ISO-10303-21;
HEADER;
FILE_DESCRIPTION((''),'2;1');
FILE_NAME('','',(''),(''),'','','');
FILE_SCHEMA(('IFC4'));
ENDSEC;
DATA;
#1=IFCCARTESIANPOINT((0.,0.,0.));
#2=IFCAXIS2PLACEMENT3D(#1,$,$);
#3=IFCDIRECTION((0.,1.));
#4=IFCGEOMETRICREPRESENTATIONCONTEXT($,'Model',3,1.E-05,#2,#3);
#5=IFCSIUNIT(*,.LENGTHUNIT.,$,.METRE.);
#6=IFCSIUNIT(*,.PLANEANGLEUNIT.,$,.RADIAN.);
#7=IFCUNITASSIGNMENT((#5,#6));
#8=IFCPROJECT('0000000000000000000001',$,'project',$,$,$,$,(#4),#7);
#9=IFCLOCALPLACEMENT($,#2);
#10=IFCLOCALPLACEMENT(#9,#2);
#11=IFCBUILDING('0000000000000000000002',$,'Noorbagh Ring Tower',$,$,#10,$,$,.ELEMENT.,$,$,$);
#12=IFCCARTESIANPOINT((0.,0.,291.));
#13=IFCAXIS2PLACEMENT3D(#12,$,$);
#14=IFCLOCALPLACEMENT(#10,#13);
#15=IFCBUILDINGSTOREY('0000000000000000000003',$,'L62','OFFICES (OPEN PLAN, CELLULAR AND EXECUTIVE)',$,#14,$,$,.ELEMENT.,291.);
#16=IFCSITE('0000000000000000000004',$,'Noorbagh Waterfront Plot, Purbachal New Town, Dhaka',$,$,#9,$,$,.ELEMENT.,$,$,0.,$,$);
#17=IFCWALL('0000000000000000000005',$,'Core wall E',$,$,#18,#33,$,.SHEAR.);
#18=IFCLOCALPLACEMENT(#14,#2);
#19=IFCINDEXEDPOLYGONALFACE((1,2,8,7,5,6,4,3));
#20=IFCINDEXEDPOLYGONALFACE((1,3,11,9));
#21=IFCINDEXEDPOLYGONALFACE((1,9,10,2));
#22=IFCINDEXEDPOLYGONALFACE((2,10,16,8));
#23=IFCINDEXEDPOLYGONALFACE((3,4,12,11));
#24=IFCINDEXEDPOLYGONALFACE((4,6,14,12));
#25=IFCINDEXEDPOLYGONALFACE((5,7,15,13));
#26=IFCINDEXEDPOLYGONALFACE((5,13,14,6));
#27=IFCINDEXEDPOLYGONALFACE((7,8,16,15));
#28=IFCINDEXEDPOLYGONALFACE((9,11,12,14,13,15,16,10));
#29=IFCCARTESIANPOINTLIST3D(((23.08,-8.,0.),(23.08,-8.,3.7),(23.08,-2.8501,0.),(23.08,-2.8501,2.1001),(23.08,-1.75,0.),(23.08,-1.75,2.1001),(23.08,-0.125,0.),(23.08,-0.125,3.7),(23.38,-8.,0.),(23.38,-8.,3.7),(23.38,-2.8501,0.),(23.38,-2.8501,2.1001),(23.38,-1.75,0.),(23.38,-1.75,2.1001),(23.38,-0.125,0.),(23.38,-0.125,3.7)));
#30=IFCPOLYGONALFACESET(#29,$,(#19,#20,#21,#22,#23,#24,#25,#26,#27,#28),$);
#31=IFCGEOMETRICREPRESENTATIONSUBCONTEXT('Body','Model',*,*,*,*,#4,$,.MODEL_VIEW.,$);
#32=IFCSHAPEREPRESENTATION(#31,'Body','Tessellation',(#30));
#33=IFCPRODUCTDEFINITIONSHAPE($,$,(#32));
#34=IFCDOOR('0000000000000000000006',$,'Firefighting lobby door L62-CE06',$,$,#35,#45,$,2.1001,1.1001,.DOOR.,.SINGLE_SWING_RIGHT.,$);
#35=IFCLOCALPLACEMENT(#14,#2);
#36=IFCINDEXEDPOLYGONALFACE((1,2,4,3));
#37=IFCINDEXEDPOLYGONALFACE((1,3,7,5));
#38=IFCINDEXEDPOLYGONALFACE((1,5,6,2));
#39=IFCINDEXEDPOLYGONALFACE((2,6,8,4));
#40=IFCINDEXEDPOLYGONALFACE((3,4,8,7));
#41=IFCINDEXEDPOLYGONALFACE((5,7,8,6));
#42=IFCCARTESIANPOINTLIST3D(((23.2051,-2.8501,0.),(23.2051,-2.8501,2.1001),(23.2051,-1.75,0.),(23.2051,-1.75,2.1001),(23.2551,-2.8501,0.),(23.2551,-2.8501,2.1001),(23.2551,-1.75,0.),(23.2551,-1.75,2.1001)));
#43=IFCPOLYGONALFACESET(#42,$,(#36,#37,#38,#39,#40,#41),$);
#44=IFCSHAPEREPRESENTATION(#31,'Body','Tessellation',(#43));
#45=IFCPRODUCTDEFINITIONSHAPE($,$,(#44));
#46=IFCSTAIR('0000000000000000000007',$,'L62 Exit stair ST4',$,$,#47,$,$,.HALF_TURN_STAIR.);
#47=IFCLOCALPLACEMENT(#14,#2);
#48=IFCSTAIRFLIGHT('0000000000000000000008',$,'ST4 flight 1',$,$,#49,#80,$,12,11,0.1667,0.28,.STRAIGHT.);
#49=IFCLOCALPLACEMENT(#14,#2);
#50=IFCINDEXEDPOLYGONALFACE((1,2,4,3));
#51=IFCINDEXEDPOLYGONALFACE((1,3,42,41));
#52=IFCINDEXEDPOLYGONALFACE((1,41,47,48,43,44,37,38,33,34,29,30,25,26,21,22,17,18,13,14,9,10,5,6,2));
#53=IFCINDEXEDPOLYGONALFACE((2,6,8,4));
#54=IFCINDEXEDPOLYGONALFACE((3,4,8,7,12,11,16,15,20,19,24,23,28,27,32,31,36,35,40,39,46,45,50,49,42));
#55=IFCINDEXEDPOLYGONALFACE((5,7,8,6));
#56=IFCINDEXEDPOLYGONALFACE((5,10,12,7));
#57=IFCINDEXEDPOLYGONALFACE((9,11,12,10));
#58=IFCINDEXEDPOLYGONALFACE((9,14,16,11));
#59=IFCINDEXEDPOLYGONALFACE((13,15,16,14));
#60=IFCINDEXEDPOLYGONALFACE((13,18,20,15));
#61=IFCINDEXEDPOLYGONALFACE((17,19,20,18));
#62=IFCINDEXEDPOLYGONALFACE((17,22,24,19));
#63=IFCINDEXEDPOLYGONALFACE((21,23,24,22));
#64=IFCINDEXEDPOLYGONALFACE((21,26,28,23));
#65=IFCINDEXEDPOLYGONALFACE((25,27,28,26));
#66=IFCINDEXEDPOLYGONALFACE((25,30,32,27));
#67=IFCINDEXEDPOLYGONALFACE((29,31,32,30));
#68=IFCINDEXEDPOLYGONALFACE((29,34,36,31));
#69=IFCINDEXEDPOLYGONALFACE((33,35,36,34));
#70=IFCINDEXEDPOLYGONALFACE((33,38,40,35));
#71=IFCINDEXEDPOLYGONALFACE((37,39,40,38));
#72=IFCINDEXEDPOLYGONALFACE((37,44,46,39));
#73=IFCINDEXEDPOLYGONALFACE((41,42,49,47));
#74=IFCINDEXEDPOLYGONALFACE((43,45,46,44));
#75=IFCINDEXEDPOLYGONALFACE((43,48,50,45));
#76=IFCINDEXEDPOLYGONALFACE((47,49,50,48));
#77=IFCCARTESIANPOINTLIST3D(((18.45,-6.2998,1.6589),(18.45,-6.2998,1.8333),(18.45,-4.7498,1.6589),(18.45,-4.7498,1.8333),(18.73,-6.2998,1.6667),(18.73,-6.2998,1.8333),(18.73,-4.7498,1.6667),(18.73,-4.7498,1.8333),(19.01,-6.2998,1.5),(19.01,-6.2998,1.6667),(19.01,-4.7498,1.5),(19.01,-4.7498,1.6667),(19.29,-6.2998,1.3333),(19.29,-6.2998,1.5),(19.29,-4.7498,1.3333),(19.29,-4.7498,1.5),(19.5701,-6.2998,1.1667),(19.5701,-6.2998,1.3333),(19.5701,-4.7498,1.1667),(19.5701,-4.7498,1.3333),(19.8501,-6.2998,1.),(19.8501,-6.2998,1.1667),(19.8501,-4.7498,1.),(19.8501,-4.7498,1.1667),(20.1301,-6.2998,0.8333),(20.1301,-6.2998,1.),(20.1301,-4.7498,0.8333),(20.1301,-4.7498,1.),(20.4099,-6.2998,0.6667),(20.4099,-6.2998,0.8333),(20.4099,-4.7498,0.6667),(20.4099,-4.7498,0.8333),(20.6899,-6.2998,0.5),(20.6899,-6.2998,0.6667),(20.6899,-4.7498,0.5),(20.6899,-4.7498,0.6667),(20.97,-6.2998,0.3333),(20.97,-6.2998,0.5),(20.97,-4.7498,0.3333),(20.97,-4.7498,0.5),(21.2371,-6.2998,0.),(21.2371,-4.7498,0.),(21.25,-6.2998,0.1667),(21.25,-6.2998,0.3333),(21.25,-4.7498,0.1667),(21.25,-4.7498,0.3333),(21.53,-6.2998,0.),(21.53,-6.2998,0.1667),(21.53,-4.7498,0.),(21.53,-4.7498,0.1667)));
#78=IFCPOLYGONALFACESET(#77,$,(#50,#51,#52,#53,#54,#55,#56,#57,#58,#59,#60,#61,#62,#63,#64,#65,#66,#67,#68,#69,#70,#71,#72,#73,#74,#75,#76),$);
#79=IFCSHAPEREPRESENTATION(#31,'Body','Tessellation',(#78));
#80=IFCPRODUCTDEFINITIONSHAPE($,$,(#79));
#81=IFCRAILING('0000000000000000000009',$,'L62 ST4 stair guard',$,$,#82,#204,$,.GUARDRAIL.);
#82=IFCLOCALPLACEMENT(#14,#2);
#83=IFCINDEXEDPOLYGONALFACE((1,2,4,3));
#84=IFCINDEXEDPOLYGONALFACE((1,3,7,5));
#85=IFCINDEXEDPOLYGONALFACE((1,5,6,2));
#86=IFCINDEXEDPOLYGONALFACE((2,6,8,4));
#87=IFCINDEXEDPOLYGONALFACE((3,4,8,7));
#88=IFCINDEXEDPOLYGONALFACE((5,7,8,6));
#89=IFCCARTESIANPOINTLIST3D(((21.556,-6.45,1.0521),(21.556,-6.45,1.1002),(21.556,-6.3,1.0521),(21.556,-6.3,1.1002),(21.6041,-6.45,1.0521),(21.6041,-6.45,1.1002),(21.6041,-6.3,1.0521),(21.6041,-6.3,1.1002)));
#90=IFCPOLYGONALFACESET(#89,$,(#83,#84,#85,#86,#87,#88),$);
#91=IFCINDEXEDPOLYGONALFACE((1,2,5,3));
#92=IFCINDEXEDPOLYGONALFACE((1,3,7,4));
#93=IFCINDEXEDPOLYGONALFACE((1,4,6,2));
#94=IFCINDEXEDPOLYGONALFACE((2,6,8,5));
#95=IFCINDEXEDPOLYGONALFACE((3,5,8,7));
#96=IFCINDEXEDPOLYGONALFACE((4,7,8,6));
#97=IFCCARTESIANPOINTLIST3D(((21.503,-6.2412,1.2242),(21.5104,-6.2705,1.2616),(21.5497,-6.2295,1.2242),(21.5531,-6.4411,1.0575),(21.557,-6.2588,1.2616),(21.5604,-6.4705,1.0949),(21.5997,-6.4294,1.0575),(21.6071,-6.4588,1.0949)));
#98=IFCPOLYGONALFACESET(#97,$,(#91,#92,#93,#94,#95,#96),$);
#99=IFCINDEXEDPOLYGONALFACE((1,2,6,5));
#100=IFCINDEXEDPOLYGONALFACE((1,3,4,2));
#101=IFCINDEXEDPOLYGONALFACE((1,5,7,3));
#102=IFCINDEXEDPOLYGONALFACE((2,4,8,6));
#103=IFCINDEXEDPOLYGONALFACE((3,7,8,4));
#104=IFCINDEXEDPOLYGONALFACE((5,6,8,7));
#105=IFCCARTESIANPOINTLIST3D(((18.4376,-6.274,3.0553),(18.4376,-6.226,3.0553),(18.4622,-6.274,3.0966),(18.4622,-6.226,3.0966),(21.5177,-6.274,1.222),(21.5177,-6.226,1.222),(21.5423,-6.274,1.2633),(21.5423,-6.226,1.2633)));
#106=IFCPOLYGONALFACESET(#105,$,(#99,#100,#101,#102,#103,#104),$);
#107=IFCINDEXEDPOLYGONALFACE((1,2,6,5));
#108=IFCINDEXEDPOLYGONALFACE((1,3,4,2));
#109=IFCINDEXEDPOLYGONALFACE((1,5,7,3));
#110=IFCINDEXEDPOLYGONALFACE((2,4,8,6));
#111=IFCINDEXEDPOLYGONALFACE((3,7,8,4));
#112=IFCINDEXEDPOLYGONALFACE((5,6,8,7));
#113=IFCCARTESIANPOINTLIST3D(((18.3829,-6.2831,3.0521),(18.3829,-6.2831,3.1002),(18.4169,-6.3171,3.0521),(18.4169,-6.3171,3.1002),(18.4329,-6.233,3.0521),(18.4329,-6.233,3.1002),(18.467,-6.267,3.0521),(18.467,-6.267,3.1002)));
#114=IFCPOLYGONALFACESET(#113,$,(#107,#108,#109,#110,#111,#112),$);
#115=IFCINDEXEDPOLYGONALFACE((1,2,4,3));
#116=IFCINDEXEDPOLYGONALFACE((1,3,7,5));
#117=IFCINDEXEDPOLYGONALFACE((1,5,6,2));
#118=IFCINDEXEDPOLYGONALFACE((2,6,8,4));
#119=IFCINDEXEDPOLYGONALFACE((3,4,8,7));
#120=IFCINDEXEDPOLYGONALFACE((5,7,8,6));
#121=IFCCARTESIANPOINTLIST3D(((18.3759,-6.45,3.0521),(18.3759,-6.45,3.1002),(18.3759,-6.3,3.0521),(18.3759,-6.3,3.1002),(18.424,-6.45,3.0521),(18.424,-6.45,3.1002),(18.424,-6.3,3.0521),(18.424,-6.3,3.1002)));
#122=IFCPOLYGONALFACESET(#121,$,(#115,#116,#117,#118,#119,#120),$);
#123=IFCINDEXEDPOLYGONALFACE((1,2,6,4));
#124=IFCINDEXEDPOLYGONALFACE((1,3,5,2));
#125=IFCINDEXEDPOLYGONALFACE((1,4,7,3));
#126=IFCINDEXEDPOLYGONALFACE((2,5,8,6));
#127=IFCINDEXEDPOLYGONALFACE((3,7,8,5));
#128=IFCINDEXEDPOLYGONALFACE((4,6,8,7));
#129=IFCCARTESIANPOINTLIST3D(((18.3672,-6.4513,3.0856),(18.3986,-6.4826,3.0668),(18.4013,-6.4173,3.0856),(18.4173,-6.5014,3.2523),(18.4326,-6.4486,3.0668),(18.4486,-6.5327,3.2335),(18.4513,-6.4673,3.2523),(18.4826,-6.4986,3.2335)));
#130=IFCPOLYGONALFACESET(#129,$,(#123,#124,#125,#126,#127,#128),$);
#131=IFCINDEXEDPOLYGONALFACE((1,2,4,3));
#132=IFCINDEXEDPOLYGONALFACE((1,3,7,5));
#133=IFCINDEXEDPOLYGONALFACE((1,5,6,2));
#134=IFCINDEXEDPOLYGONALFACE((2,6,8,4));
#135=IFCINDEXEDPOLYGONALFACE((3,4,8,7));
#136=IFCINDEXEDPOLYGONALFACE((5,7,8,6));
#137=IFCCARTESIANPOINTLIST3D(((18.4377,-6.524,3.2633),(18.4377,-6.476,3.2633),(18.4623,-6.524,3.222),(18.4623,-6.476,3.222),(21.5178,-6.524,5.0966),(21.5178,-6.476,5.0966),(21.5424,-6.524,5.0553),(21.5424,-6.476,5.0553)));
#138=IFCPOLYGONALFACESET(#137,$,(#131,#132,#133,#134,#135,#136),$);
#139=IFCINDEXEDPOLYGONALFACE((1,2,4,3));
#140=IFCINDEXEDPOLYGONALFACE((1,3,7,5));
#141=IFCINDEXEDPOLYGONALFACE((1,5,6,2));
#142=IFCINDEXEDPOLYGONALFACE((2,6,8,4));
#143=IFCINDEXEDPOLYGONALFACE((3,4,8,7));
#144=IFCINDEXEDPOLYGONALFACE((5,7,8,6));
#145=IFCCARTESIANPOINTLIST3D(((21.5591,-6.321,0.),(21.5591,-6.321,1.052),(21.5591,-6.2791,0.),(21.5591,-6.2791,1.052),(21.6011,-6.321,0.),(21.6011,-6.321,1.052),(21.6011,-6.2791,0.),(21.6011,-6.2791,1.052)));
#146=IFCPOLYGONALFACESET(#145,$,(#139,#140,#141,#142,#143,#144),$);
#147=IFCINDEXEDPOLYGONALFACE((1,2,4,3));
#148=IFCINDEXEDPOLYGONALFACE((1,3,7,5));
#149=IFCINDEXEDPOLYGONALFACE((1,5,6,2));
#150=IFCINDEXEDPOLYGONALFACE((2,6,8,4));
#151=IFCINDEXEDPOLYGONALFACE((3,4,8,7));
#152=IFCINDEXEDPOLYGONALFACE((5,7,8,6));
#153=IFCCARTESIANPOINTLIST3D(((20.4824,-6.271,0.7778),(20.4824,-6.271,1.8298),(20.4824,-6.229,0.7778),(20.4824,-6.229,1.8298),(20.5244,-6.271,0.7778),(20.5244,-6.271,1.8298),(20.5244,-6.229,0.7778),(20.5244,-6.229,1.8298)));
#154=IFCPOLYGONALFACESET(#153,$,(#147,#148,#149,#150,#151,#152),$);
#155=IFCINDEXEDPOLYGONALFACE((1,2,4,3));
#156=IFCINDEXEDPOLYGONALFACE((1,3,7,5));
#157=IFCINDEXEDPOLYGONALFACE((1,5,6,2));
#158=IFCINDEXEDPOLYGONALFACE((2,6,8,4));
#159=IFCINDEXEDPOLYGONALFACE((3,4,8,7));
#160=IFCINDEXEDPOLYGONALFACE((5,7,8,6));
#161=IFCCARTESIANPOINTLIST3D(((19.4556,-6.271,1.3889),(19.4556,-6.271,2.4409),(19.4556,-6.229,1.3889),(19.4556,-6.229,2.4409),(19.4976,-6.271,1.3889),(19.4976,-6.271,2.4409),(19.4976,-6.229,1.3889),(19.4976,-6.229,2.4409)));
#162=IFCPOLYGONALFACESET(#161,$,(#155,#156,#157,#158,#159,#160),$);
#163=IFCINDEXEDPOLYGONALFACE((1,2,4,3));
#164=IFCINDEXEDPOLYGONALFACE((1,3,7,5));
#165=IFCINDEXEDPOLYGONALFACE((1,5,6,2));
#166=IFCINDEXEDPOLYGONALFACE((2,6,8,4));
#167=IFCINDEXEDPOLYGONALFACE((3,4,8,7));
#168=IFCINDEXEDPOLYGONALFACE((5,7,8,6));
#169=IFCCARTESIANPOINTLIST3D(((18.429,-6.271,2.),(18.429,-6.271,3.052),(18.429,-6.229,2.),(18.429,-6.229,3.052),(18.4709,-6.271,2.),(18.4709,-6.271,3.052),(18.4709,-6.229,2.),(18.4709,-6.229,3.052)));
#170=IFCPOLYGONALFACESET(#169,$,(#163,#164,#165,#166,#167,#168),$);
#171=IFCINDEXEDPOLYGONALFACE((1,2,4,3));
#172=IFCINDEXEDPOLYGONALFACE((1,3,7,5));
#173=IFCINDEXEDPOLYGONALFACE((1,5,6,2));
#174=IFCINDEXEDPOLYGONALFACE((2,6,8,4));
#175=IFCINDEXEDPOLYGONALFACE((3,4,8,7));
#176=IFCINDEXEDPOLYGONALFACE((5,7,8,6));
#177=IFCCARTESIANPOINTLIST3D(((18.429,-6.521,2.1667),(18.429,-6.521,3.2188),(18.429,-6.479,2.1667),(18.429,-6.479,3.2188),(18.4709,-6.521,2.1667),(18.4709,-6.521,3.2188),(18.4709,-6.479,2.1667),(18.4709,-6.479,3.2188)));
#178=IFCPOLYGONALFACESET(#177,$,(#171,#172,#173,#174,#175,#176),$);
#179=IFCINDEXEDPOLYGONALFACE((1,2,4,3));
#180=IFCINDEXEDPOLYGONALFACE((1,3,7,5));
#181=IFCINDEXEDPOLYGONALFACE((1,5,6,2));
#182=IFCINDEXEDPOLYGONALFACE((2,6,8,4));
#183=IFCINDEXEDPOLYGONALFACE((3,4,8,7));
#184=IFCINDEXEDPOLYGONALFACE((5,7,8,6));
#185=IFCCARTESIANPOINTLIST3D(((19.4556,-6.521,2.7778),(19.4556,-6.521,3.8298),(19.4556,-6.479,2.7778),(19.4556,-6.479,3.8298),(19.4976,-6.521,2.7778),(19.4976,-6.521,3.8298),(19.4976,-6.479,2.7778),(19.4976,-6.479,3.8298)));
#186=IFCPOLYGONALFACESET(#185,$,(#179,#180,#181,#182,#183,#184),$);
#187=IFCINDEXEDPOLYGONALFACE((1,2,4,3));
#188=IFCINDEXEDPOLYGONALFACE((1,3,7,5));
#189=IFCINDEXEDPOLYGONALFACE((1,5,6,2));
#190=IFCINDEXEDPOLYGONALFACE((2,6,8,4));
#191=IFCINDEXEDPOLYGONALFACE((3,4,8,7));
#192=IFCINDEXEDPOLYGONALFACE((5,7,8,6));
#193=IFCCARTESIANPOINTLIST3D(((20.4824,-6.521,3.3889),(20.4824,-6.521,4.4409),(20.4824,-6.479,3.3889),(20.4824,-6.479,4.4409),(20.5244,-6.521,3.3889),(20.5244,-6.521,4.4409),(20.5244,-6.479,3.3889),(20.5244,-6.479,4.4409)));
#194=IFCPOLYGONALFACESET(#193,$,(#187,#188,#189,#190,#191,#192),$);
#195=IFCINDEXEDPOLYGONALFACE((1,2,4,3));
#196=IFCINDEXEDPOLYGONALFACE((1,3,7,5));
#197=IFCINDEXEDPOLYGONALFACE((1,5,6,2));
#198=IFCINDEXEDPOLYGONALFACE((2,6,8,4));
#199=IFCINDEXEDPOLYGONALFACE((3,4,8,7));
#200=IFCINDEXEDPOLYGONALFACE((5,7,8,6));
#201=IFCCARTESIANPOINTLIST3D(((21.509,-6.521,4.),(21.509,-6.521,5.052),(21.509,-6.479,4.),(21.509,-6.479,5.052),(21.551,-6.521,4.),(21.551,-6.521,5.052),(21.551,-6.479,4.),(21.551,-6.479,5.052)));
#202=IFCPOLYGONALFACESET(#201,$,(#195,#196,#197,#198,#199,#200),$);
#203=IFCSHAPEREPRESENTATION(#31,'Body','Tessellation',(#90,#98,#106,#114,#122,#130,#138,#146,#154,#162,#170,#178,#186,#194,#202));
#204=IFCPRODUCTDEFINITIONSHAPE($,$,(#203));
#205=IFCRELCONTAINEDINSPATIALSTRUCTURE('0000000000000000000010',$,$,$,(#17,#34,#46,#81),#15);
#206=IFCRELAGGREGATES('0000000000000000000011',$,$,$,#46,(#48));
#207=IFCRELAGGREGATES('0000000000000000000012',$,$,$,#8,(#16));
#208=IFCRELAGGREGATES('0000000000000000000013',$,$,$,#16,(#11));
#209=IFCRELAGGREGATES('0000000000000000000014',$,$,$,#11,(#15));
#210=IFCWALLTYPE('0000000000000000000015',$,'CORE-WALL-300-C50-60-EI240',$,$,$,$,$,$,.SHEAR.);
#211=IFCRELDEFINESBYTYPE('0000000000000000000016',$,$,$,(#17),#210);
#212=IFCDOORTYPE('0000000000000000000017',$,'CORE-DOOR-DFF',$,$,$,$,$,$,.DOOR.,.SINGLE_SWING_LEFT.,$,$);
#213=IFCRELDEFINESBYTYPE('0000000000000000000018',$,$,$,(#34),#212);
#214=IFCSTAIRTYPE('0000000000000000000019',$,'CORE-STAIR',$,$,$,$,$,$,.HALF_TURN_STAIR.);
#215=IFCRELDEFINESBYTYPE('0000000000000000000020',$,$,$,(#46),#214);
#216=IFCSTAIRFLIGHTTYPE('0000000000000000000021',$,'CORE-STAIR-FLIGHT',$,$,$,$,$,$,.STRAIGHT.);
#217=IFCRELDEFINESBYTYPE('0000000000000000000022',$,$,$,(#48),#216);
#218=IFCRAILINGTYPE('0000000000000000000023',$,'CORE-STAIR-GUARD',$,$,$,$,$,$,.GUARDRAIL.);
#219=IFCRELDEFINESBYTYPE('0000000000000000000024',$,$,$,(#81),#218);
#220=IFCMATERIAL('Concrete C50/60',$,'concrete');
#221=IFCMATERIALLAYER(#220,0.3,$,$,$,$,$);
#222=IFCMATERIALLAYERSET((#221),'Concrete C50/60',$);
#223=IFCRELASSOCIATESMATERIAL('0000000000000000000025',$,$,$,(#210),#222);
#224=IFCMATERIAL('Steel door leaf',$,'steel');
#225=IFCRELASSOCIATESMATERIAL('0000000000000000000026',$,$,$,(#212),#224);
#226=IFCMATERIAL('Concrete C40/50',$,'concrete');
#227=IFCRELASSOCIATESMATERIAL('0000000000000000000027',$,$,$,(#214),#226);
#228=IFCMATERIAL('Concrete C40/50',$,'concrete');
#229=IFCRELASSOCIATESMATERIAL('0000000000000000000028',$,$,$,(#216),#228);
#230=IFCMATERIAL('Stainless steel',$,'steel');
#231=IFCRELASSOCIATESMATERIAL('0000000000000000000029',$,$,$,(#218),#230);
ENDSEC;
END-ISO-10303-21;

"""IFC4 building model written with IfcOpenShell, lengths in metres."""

from ifc_helpers import new_model, si_unit, direction, frame, frame_2d, origin, origin_2d, place, context, subcontext, project, spatial, polyline, rectangle, outline, extrude, material, layer, layer_set, type_object, element, fill, aggregate, save


model = new_model("IFC4")

# Units and contexts
model_context = context("Model", 3, precision=1e-05, world=origin(), true_north=direction((0.0, 1.0)))
body_context = subcontext(model_context, "Body", "Model", "MODEL_VIEW")
ifc_project = project(units=[si_unit("LENGTHUNIT", "METRE"), si_unit("PLANEANGLEUNIT", "RADIAN")], contexts=[model_context])

# Site, building, storey
site_placement = place(None, origin())
site = spatial("IfcSite", under=ifc_project, at=site_placement, Name="Noorbagh Waterfront Plot, Purbachal New Town, Dhaka", CompositionType="ELEMENT", RefElevation=0.0)
building_placement = place(site_placement, origin())
building = spatial("IfcBuilding", under=site, at=building_placement, Name="Noorbagh Ring Tower", CompositionType="ELEMENT")
storey_placement = place(building_placement, frame((0.0, 0.0, 291.0)))
storey = spatial("IfcBuildingStorey", under=building, at=storey_placement, Name="L62", Description="OFFICES (OPEN PLAN, CELLULAR AND EXECUTIVE)", CompositionType="ELEMENT", Elevation=291.0)

# Wall, opening, door
ifc_material_1 = material(Name="Concrete C50/60", Category="concrete")
ifc_layer_1 = layer(ifc_material_1, 0.3)
ifc_layer_set_1 = layer_set([ifc_layer_1], Name="Concrete C50/60")
wall_type_1 = type_object("IfcWallType", Name="CORE-WALL-300-C50-60-EI240", PredefinedType="SHEAR", material=ifc_layer_set_1)
wall_1_placement = place(storey_placement, frame((23.23, -8.0, 0.0), z_axis=(0.0, 0.0, 1.0), x_axis=(0.0, 1.0, 0.0)))
wall_1 = element("IfcWall", 1, at=wall_1_placement, inside=storey, type_object=wall_type_1, Name="Core wall E", PredefinedType="SHEAR", context=body_context, shape_type="SweptSolid", body=[
    extrude(rectangle(XDim=7.875, YDim=0.3, at=frame_2d((3.9375, 0.0))), origin(), (0.0, 0.0, 1.0), 3.7),
])
opening_1_placement = place(wall_1_placement, frame((5.1499, 0.0, 0.0)))
opening_1 = element("IfcOpeningElement", 2, at=opening_1_placement, cuts=wall_1, PredefinedType="OPENING", context=body_context, shape_type="SweptSolid", body=[
    extrude(rectangle(XDim=1.1001, YDim=2.1001, at=frame_2d((0.55, 1.05))), frame((0.0, 0.1602, 0.0), z_axis=(0.0, -1.0, 0.0), x_axis=(1.0, 0.0, 0.0)), (0.0, 0.0, 1.0), 0.3201),
])
ifc_material_2 = material(Name="Steel door leaf", Category="steel")
door_type_1 = type_object("IfcDoorType", Name="CORE-DOOR-DFF", OperationType="SINGLE_SWING_LEFT", PredefinedType="DOOR", material=ifc_material_2)
door_1_placement = place(opening_1_placement, origin())
door_1 = element("IfcDoor", 3, at=door_1_placement, inside=storey, type_object=door_type_1, Name="Firefighting lobby door L62-CE06", OperationType="SINGLE_SWING_RIGHT", OverallHeight=2.1001, OverallWidth=1.1001, PredefinedType="DOOR", context=body_context, shape_type="SweptSolid", body=[
    extrude(rectangle(XDim=1.1001, YDim=2.1001, at=frame_2d((0.55, 1.05))), frame((0.0, 0.0249, 0.0), z_axis=(0.0, -1.0, 0.0), x_axis=(1.0, 0.0, 0.0)), (0.0, 0.0, 1.0), 0.05),
])
fill(opening_1, door_1)

# Stair, stair flight
ifc_material_3 = material(Name="Concrete C40/50", Category="concrete")
stair_type = type_object("IfcStairType", Name="CORE-STAIR", PredefinedType="HALF_TURN_STAIR", material=ifc_material_3)
stair_placement = place(storey_placement, origin())
stair = element("IfcStair", 4, at=stair_placement, inside=storey, type_object=stair_type, Name="L62 Exit stair ST4", PredefinedType="HALF_TURN_STAIR")
ifc_material_4 = material(Name="Concrete C40/50", Category="concrete")
stair_flight_type = type_object("IfcStairFlightType", Name="CORE-STAIR-FLIGHT", PredefinedType="STRAIGHT", material=ifc_material_4)
stair_flight_placement = place(storey_placement, frame((21.53, -5.5249, 0.0), z_axis=(0.0, 0.0, 1.0), x_axis=(-1.0, 0.0, 0.0)))
stair_flight = element("IfcStairFlight", 5, at=stair_flight_placement, type_object=stair_flight_type, Name="ST4 flight 1", NumberOfRisers=12, NumberOfTreads=11, PredefinedType="STRAIGHT", RiserHeight=0.1667, TreadLength=0.28, context=body_context, shape_type="SweptSolid", body=[
    extrude(outline(polyline([(0.0, 0.0), (0.0, 0.1667), (0.28, 0.1667), (0.28, 0.3333), (0.5601, 0.3333), (0.5601, 0.5), (0.8401, 0.5), (0.8401, 0.6667), (1.1201, 0.6667), (1.1201, 0.8333), (1.3999, 0.8333), (1.3999, 1.0), (1.6799, 1.0), (1.6799, 1.1667), (1.96, 1.1667), (1.96, 1.3333), (2.24, 1.3333), (2.24, 1.5), (2.52, 1.5), (2.52, 1.6667), (2.8, 1.6667), (2.8, 1.8333), (3.0801, 1.8333), (3.0801, 2.0), (3.0801, 1.6589), (0.293, 0.0), (0.0, 0.0)])), frame((0.0, 0.7749, 0.0), z_axis=(0.0, -1.0, 0.0), x_axis=(1.0, 0.0, 0.0)), (0.0, 0.0, 1.0), 1.55),
])
aggregate(stair, [stair_flight])

# Railing
ifc_material_5 = material(Name="Stainless steel", Category="steel")
railing_type_1 = type_object("IfcRailingType", Name="CORE-STAIR-GUARD", PredefinedType="GUARDRAIL", material=ifc_material_5)
railing_1_placement = place(storey_placement, frame((21.5801, -6.3, 0.0)))
element("IfcRailing", 6, at=railing_1_placement, inside=storey, type_object=railing_type_1, Name="L62 ST4 stair guard", PredefinedType="GUARDRAIL", context=body_context, shape_type="SweptSolid", body=[
    extrude(rectangle(XDim=0.0481, YDim=0.0481, at=origin_2d()), frame((0.0, 0.0, 1.0762), z_axis=(0.0, -1.0, 0.0), x_axis=(1.0, 0.0, 0.0)), (0.0, 0.0, 1.0), 0.1499),
    extrude(rectangle(XDim=0.0481, YDim=0.0481, at=origin_2d()), frame((0.0, -0.1499, 1.0762), z_axis=(-0.188776, 0.754182, 0.628946), x_axis=(-0.970073, -0.242814, 0.0)), (0.0, 0.0, 1.0), 0.2651),
    extrude(rectangle(XDim=0.0481, YDim=0.0481, at=origin_2d()), frame((-0.05, 0.05, 1.2427), z_axis=(-0.859309, 0.0, 0.511458), x_axis=(0.0, -1.0, 0.0)), (0.0, 0.0, 1.0), 3.5845),
    extrude(rectangle(XDim=0.0481, YDim=0.0481, at=origin_2d()), frame((-3.1301, 0.05, 3.0762), z_axis=(-0.707107, -0.707107, 0.0), x_axis=(0.707107, -0.707107, 0.0)), (0.0, 0.0, 1.0), 0.0708),
    extrude(rectangle(XDim=0.0481, YDim=0.0481, at=origin_2d()), frame((-3.1802, 0.0, 3.0762), z_axis=(0.0, -1.0, 0.0), x_axis=(1.0, 0.0, 0.0)), (0.0, 0.0, 1.0), 0.1499),
    extrude(rectangle(XDim=0.0481, YDim=0.0481, at=origin_2d()), frame((-3.1802, -0.1499, 3.0762), z_axis=(0.276287, -0.276287, 0.920506), x_axis=(0.707107, 0.707107, 0.0)), (0.0, 0.0, 1.0), 0.1812),
    extrude(rectangle(XDim=0.0481, YDim=0.0481, at=origin_2d()), frame((-3.1301, -0.2, 3.2427), z_axis=(0.859309, 0.0, 0.511458), x_axis=(0.0, 1.0, 0.0)), (0.0, 0.0, 1.0), 3.5845),
    extrude(rectangle(XDim=0.042, YDim=0.042, at=origin_2d()), origin(), (0.0, 0.0, 1.0), 1.052),
    extrude(rectangle(XDim=0.042, YDim=0.042, at=origin_2d()), frame((-1.0767, 0.05, 0.7778)), (0.0, 0.0, 1.0), 1.052),
    extrude(rectangle(XDim=0.042, YDim=0.042, at=origin_2d()), frame((-2.1035, 0.05, 1.3889)), (0.0, 0.0, 1.0), 1.052),
    extrude(rectangle(XDim=0.042, YDim=0.042, at=origin_2d()), frame((-3.1301, 0.05, 2.0)), (0.0, 0.0, 1.0), 1.052),
    extrude(rectangle(XDim=0.042, YDim=0.042, at=origin_2d()), frame((-3.1301, -0.2, 2.1667)), (0.0, 0.0, 1.0), 1.052),
    extrude(rectangle(XDim=0.042, YDim=0.042, at=origin_2d()), frame((-2.1035, -0.2, 2.7778)), (0.0, 0.0, 1.0), 1.052),
    extrude(rectangle(XDim=0.042, YDim=0.042, at=origin_2d()), frame((-1.0767, -0.2, 3.3889)), (0.0, 0.0, 1.0), 1.052),
    extrude(rectangle(XDim=0.042, YDim=0.042, at=origin_2d()), frame((-0.05, -0.2, 4.0)), (0.0, 0.0, 1.0), 1.052),
])

save(model, "model.ifc")
